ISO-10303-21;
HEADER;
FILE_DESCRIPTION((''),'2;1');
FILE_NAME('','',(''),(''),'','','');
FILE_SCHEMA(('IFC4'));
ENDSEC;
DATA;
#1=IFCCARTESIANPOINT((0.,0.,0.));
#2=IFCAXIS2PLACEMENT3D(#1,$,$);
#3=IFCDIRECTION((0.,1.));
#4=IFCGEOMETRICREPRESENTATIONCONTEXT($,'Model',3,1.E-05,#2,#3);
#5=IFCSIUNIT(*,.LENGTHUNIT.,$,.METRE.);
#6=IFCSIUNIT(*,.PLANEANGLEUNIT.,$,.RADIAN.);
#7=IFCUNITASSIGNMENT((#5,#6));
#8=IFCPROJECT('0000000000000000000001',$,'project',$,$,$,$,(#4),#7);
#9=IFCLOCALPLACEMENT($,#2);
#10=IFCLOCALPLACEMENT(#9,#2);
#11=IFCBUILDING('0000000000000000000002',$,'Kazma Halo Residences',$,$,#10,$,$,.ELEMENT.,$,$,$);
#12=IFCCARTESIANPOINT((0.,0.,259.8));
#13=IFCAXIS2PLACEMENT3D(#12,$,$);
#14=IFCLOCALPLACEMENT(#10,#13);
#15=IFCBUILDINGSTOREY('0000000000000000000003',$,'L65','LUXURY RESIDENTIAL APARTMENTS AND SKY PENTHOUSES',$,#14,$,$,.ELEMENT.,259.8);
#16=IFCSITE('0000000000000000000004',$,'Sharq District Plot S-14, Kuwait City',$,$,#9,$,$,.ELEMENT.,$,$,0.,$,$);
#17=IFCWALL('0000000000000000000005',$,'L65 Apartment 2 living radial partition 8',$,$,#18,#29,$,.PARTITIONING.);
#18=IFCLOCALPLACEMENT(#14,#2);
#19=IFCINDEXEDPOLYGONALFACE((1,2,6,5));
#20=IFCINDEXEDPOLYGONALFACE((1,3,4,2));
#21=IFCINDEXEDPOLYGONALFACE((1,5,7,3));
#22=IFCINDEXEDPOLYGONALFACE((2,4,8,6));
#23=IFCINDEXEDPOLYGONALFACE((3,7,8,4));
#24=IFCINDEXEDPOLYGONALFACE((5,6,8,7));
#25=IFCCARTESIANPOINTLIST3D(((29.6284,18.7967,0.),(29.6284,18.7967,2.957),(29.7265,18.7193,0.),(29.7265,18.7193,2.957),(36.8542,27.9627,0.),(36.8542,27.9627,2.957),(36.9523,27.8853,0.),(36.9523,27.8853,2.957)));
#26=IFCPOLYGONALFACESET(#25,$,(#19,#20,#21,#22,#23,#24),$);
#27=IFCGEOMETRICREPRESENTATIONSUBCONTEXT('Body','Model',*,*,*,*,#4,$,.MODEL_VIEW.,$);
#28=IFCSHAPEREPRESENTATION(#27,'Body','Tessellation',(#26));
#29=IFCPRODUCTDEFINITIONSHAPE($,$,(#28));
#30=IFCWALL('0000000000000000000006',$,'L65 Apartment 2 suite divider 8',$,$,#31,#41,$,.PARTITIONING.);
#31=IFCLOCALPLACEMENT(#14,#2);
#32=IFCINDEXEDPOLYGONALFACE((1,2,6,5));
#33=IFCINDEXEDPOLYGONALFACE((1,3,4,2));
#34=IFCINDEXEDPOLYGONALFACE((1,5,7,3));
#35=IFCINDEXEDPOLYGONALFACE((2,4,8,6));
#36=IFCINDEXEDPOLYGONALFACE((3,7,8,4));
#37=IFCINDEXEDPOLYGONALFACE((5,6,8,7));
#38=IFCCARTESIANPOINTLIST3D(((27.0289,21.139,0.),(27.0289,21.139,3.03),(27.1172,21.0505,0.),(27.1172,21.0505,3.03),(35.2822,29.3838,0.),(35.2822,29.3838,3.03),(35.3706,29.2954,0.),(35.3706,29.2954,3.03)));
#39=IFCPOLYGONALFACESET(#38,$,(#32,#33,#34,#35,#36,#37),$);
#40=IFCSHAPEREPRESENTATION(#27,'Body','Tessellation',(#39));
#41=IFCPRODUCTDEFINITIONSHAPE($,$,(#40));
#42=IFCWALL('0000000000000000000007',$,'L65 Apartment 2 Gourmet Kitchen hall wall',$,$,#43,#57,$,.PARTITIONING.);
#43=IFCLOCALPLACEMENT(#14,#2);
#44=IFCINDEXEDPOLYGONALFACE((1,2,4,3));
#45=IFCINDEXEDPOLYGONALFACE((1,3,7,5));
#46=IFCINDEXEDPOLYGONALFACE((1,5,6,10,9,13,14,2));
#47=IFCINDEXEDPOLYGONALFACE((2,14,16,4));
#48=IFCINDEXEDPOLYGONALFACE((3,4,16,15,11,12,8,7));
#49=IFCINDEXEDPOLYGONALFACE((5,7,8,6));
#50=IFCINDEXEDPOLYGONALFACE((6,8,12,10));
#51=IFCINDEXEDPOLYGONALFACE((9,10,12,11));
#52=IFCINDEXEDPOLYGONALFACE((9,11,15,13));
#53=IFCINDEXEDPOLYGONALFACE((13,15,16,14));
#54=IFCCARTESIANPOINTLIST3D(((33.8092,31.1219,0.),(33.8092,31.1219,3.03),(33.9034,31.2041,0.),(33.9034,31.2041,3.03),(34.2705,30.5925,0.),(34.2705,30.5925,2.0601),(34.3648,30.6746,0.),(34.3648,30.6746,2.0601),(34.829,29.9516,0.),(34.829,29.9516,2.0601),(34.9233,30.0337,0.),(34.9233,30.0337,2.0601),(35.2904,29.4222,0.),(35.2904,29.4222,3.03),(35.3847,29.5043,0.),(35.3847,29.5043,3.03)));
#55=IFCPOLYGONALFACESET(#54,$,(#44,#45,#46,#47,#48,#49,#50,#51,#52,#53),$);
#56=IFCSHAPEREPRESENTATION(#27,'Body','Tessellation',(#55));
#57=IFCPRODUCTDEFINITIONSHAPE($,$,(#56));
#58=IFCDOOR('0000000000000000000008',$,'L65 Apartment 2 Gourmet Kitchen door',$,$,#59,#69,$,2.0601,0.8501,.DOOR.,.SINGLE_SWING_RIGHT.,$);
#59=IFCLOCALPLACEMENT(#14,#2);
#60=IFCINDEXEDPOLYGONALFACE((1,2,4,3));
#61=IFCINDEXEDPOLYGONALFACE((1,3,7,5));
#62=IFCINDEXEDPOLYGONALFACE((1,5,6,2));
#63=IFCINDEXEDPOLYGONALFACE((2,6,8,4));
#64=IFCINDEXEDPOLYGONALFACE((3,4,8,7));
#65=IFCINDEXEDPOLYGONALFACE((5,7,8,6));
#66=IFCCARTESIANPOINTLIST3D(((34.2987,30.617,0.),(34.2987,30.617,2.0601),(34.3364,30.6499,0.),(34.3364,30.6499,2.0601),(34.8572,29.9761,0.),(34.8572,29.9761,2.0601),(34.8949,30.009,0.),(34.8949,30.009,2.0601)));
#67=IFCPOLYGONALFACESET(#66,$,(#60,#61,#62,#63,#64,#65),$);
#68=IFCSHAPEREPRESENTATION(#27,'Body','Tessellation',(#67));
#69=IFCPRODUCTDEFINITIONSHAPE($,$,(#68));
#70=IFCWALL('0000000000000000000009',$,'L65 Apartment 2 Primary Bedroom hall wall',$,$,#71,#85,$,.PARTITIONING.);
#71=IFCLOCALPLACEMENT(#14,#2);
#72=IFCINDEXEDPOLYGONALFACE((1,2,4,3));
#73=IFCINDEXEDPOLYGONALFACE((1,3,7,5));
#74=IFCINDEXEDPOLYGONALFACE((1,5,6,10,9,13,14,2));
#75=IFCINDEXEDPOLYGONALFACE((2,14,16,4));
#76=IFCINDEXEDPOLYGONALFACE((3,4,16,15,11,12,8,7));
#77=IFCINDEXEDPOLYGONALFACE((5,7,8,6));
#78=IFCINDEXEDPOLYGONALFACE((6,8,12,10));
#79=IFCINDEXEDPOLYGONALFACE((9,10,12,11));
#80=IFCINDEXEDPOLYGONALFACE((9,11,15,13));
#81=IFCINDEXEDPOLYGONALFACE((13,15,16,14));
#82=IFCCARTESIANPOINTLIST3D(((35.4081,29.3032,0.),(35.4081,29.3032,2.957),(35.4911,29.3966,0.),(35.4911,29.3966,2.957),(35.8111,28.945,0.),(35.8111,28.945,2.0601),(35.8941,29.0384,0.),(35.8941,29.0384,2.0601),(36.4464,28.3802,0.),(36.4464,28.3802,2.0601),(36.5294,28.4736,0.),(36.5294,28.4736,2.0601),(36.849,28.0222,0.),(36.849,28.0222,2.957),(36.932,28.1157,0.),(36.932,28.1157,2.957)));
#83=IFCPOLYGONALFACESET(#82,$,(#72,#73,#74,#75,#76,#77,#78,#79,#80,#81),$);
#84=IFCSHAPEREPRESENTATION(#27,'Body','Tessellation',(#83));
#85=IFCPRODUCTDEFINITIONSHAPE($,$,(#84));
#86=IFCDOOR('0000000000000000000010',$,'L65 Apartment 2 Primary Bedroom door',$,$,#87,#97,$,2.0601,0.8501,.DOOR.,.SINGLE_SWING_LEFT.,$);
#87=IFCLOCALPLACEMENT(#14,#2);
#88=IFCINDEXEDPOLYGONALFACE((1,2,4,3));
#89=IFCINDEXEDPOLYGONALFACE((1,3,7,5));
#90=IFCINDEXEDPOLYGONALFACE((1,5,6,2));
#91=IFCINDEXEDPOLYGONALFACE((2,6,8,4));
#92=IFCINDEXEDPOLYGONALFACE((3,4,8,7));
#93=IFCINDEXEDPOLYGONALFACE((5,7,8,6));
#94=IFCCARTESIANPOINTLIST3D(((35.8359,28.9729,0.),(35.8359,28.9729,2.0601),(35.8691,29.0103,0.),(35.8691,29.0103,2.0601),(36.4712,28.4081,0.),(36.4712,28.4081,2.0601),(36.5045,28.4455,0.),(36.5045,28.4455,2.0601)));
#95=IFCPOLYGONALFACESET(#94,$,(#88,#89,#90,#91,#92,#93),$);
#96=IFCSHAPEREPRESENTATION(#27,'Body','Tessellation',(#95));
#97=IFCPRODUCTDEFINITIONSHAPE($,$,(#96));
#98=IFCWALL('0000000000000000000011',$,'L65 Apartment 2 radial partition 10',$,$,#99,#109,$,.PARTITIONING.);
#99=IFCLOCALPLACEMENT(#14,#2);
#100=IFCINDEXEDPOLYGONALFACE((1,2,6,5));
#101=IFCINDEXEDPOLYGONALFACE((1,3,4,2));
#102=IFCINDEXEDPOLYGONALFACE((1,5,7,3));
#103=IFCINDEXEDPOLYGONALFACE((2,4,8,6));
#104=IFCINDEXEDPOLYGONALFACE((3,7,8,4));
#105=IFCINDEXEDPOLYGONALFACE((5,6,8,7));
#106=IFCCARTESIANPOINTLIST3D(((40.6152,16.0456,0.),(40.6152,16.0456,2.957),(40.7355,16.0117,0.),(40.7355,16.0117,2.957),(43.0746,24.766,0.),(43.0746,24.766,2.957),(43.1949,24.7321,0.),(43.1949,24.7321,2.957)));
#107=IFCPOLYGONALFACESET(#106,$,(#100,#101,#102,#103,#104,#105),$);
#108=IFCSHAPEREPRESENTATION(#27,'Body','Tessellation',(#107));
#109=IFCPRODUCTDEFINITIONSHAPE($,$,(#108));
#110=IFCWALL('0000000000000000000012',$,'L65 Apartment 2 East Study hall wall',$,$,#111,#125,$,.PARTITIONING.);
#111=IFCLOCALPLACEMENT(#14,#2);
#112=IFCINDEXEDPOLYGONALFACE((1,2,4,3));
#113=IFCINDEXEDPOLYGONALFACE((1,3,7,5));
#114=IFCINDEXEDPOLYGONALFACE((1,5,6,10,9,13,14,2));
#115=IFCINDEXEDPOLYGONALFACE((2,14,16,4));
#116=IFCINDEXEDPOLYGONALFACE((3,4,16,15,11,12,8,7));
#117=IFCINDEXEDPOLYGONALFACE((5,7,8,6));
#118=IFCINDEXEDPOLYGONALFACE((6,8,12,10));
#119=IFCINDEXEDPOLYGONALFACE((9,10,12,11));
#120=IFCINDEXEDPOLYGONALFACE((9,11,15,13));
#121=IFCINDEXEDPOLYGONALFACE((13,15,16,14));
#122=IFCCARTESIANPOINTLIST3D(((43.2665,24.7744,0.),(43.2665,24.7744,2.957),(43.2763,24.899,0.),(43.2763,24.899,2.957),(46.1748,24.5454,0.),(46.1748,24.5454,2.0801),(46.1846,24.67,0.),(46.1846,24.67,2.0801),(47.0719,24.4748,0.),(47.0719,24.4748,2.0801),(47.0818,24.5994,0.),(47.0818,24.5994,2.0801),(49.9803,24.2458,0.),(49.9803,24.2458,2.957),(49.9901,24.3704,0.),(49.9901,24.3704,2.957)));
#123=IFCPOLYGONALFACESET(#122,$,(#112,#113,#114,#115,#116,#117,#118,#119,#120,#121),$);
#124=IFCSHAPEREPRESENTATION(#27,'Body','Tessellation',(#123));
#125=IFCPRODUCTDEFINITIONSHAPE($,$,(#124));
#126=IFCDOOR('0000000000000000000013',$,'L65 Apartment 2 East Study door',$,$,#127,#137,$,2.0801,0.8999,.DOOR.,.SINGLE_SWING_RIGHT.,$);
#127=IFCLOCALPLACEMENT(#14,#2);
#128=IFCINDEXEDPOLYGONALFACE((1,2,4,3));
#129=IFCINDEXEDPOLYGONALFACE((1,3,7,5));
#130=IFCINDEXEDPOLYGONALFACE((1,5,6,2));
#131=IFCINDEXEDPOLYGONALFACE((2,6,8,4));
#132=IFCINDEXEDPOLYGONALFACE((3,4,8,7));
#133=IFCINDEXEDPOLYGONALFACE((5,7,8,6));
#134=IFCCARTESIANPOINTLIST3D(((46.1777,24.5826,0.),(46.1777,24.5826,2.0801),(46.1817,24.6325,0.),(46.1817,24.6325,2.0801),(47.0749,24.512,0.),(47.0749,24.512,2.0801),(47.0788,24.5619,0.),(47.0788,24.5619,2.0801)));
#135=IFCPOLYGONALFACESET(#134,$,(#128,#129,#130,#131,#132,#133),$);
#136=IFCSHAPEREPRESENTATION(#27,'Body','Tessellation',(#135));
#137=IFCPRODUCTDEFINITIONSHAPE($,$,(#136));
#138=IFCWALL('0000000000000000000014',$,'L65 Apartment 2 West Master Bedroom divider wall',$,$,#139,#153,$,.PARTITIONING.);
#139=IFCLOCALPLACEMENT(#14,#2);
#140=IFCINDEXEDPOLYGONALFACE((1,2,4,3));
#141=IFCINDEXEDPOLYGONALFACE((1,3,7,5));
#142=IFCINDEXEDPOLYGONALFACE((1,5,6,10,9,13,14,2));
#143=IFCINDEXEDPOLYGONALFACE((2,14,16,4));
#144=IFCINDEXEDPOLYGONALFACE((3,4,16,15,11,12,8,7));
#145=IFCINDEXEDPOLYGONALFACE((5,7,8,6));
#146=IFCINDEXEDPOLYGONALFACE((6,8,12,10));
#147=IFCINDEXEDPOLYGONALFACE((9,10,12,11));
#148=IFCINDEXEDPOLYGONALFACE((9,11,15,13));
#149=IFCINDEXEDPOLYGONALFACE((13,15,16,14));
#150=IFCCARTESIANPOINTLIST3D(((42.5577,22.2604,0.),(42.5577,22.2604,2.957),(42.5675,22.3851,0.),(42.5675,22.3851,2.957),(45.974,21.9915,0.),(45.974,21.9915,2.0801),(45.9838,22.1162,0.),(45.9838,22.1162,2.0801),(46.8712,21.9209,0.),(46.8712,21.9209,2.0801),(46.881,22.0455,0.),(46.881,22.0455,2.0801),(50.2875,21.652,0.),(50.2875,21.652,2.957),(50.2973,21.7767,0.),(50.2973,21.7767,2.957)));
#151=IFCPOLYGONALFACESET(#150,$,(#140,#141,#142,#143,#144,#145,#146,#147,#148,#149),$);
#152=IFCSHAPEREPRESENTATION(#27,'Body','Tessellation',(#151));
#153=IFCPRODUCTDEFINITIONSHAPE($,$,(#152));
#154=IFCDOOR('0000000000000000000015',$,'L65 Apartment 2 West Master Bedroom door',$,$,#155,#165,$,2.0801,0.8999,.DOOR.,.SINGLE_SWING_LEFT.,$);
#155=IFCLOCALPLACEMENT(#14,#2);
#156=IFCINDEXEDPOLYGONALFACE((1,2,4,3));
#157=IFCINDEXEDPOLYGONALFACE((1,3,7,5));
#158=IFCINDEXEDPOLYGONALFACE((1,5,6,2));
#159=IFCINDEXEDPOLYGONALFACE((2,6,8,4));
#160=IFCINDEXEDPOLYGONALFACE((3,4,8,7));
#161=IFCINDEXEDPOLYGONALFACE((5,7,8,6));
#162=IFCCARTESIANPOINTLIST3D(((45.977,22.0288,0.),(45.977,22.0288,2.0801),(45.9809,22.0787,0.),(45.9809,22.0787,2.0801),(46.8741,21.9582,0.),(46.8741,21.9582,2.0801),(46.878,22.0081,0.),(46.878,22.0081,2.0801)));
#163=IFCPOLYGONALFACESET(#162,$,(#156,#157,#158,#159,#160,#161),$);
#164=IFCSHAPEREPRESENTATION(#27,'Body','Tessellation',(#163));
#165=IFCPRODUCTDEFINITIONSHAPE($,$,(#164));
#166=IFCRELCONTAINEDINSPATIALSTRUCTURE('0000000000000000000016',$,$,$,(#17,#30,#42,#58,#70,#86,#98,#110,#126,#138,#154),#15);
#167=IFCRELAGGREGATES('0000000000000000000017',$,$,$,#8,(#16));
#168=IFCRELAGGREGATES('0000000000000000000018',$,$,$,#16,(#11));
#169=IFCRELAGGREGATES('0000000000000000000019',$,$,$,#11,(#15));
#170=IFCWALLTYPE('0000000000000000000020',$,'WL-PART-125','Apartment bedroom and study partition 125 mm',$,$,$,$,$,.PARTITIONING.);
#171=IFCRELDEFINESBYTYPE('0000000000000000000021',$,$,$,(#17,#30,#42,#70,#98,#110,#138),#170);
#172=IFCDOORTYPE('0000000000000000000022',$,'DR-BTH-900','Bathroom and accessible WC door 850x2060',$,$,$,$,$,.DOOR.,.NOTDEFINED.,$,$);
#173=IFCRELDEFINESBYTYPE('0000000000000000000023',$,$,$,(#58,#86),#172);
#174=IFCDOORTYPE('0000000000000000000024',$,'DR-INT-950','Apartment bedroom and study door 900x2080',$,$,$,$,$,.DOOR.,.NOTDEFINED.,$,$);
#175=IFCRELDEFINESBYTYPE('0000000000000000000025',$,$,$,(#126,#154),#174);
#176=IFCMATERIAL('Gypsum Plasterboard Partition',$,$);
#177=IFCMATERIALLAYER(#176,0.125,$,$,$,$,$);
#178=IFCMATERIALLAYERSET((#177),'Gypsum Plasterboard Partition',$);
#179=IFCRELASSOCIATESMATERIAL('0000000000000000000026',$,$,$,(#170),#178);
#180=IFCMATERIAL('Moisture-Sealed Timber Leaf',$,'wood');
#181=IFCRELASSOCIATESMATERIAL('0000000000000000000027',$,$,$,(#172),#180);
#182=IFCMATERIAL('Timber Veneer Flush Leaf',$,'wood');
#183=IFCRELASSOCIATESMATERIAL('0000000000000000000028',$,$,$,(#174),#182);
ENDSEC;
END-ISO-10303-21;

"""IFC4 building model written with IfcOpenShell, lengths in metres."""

from ifc_helpers import new_model, si_unit, direction, frame, frame_2d, origin, place, context, subcontext, project, spatial, rectangle, extrude, material, layer, layer_set, type_object, element, fill, save


model = new_model("IFC4")

# Units and contexts
model_context = context("Model", 3, precision=1e-05, world=origin(), true_north=direction((0.0, 1.0)))
body_context = subcontext(model_context, "Body", "Model", "MODEL_VIEW")
ifc_project = project(units=[si_unit("LENGTHUNIT", "METRE"), si_unit("PLANEANGLEUNIT", "RADIAN")], contexts=[model_context])

# Site, building, storey
site_placement = place(None, origin())
site = spatial("IfcSite", under=ifc_project, at=site_placement, Name="Sharq District Plot S-14, Kuwait City", CompositionType="ELEMENT", RefElevation=0.0)
building_placement = place(site_placement, origin())
building = spatial("IfcBuilding", under=site, at=building_placement, Name="Kazma Halo Residences", CompositionType="ELEMENT")
storey_placement = place(building_placement, frame((0.0, 0.0, 259.8)))
storey = spatial("IfcBuildingStorey", under=building, at=storey_placement, Name="L65", Description="LUXURY RESIDENTIAL APARTMENTS AND SKY PENTHOUSES", CompositionType="ELEMENT", Elevation=259.8)

# Walls
ifc_material_1 = material(Name="Gypsum Plasterboard Partition")
ifc_layer_1 = layer(ifc_material_1, 0.125)
ifc_layer_set_1 = layer_set([ifc_layer_1], Name="Gypsum Plasterboard Partition")
wall_type_1 = type_object("IfcWallType", Name="WL-PART-125", Description="Apartment bedroom and study partition 125 mm", PredefinedType="PARTITIONING", material=ifc_layer_set_1)
wall_1_placement = place(storey_placement, frame((36.9033, 27.9241, 0.0), z_axis=(0.0, 0.0, 1.0), x_axis=(-0.61909, -0.78532, 0.0)))
element("IfcWall", 1, at=wall_1_placement, inside=storey, type_object=wall_type_1, Name="L65 Apartment 2 living radial partition 8", PredefinedType="PARTITIONING", context=body_context, shape_type="SweptSolid", body=[
    extrude(rectangle(XDim=11.6716, YDim=0.125, at=frame_2d((5.8359, 0.0))), origin(), (0.0, 0.0, 1.0), 2.957),
])
wall_2_placement = place(storey_placement, frame((35.3264, 29.3396, 0.0), z_axis=(0.0, 0.0, 1.0), x_axis=(-0.707473, -0.70674, 0.0)))
element("IfcWall", 2, at=wall_2_placement, inside=storey, type_object=wall_type_1, Name="L65 Apartment 2 suite divider 8", PredefinedType="PARTITIONING", context=body_context, shape_type="SweptSolid", body=[
    extrude(rectangle(XDim=11.666, YDim=0.125, at=frame_2d((5.833, 0.0))), origin(), (0.0, 0.0, 1.0), 3.03),
])

# Walls, openings, doors
wall_3_placement = place(storey_placement, frame((33.8562, 31.1631, 0.0), z_axis=(0.0, 0.0, 1.0), x_axis=(0.656985, -0.753903, 0.0)))
wall_3 = element("IfcWall", 3, at=wall_3_placement, inside=storey, type_object=wall_type_1, Name="L65 Apartment 2 Gourmet Kitchen hall wall", PredefinedType="PARTITIONING", context=body_context, shape_type="SweptSolid", body=[
    extrude(rectangle(XDim=2.2546, YDim=0.125, at=frame_2d((1.1274, 0.0))), origin(), (0.0, 0.0, 1.0), 3.03),
])
opening_1_placement = place(wall_3_placement, frame((0.7024, 0.0, 0.0)))
opening_1 = element("IfcOpeningElement", 4, at=opening_1_placement, cuts=wall_3, PredefinedType="OPENING", context=body_context, shape_type="SweptSolid", body=[
    extrude(rectangle(XDim=0.8501, YDim=2.0601, at=frame_2d((0.425, 1.03))), frame((0.0, 0.0725, 0.0), z_axis=(0.0, -1.0, 0.0), x_axis=(1.0, 0.0, 0.0)), (0.0, 0.0, 1.0), 0.145),
])
ifc_material_2 = material(Name="Moisture-Sealed Timber Leaf", Category="wood")
door_type_1 = type_object("IfcDoorType", Name="DR-BTH-900", Description="Bathroom and accessible WC door 850x2060", OperationType="NOTDEFINED", PredefinedType="DOOR", material=ifc_material_2)
door_1_placement = place(opening_1_placement, origin())
door_1 = element("IfcDoor", 5, at=door_1_placement, inside=storey, type_object=door_type_1, Name="L65 Apartment 2 Gourmet Kitchen door", OperationType="SINGLE_SWING_RIGHT", OverallHeight=2.0601, OverallWidth=0.8501, PredefinedType="DOOR", context=body_context, shape_type="SweptSolid", body=[
    extrude(rectangle(XDim=0.8501, YDim=2.0601, at=frame_2d((0.425, 1.03))), frame((0.0, 0.0249, 0.0), z_axis=(0.0, -1.0, 0.0), x_axis=(1.0, 0.0, 0.0)), (0.0, 0.0, 1.0), 0.05),
])
fill(opening_1, door_1)
wall_4_placement = place(storey_placement, frame((35.4497, 29.3499, 0.0), z_axis=(0.0, 0.0, 1.0), x_axis=(0.74736, -0.664419, 0.0)))
wall_4 = element("IfcWall", 6, at=wall_4_placement, inside=storey, type_object=wall_type_1, Name="L65 Apartment 2 Primary Bedroom hall wall", PredefinedType="PARTITIONING", context=body_context, shape_type="SweptSolid", body=[
    extrude(rectangle(XDim=1.928, YDim=0.125, at=frame_2d((0.9639, 0.0))), origin(), (0.0, 0.0, 1.0), 2.957),
])
opening_2_placement = place(wall_4_placement, frame((0.5391, 0.0, 0.0)))
opening_2 = element("IfcOpeningElement", 7, at=opening_2_placement, cuts=wall_4, PredefinedType="OPENING", context=body_context, shape_type="SweptSolid", body=[
    extrude(rectangle(XDim=0.8501, YDim=2.0601, at=frame_2d((0.425, 1.03))), frame((0.0, 0.0725, 0.0), z_axis=(0.0, -1.0, 0.0), x_axis=(1.0, 0.0, 0.0)), (0.0, 0.0, 1.0), 0.145),
])
door_2_placement = place(opening_2_placement, origin())
door_2 = element("IfcDoor", 8, at=door_2_placement, inside=storey, type_object=door_type_1, Name="L65 Apartment 2 Primary Bedroom door", OperationType="SINGLE_SWING_LEFT", OverallHeight=2.0601, OverallWidth=0.8501, PredefinedType="DOOR", context=body_context, shape_type="SweptSolid", body=[
    extrude(rectangle(XDim=0.8501, YDim=2.0601, at=frame_2d((0.425, 1.03))), frame((0.0, 0.0249, 0.0), z_axis=(0.0, -1.0, 0.0), x_axis=(1.0, 0.0, 0.0)), (0.0, 0.0, 1.0), 0.05),
])
fill(opening_2, door_2)

# Wall
wall_5_placement = place(storey_placement, frame((43.1348, 24.749, 0.0), z_axis=(0.0, 0.0, 1.0), x_axis=(-0.271445, -0.962454, 0.0)))
element("IfcWall", 9, at=wall_5_placement, inside=storey, type_object=wall_type_1, Name="L65 Apartment 2 radial partition 10", PredefinedType="PARTITIONING", context=body_context, shape_type="SweptSolid", body=[
    extrude(rectangle(XDim=9.0605, YDim=0.125, at=frame_2d((4.5303, 0.0))), origin(), (0.0, 0.0, 1.0), 2.957),
])

# Walls, openings, doors
wall_6_placement = place(storey_placement, frame((43.2715, 24.8367, 0.0), z_axis=(0.0, 0.0, 1.0), x_axis=(0.996915, -0.078484, 0.0)))
wall_6 = element("IfcWall", 10, at=wall_6_placement, inside=storey, type_object=wall_type_1, Name="L65 Apartment 2 East Study hall wall", PredefinedType="PARTITIONING", context=body_context, shape_type="SweptSolid", body=[
    extrude(rectangle(XDim=6.7346, YDim=0.125, at=frame_2d((3.3672, 0.0))), origin(), (0.0, 0.0, 1.0), 2.957),
])
opening_3_placement = place(wall_6_placement, frame((2.9172, 0.0, 0.0)))
opening_3 = element("IfcOpeningElement", 11, at=opening_3_placement, cuts=wall_6, PredefinedType="OPENING", context=body_context, shape_type="SweptSolid", body=[
    extrude(rectangle(XDim=0.8999, YDim=2.0801, at=frame_2d((0.45, 1.04))), frame((0.0, 0.0725, 0.0), z_axis=(0.0, -1.0, 0.0), x_axis=(1.0, 0.0, 0.0)), (0.0, 0.0, 1.0), 0.145),
])
ifc_material_3 = material(Name="Timber Veneer Flush Leaf", Category="wood")
door_type_2 = type_object("IfcDoorType", Name="DR-INT-950", Description="Apartment bedroom and study door 900x2080", OperationType="NOTDEFINED", PredefinedType="DOOR", material=ifc_material_3)
door_3_placement = place(opening_3_placement, origin())
door_3 = element("IfcDoor", 12, at=door_3_placement, inside=storey, type_object=door_type_2, Name="L65 Apartment 2 East Study door", OperationType="SINGLE_SWING_RIGHT", OverallHeight=2.0801, OverallWidth=0.8999, PredefinedType="DOOR", context=body_context, shape_type="SweptSolid", body=[
    extrude(rectangle(XDim=0.8999, YDim=2.0801, at=frame_2d((0.45, 1.04))), frame((0.0, 0.0249, 0.0), z_axis=(0.0, -1.0, 0.0), x_axis=(1.0, 0.0, 0.0)), (0.0, 0.0, 1.0), 0.05),
])
fill(opening_3, door_3)
wall_7_placement = place(storey_placement, frame((42.5625, 22.3228, 0.0), z_axis=(0.0, 0.0, 1.0), x_axis=(0.996917, -0.078466, 0.0)))
wall_7 = element("IfcWall", 13, at=wall_7_placement, inside=storey, type_object=wall_type_1, Name="L65 Apartment 2 West Master Bedroom divider wall", PredefinedType="PARTITIONING", context=body_context, shape_type="SweptSolid", body=[
    extrude(rectangle(XDim=7.7537, YDim=0.125, at=frame_2d((3.877, 0.0))), origin(), (0.0, 0.0, 1.0), 2.957),
])
opening_4_placement = place(wall_7_placement, frame((3.427, 0.0, 0.0)))
opening_4 = element("IfcOpeningElement", 14, at=opening_4_placement, cuts=wall_7, PredefinedType="OPENING", context=body_context, shape_type="SweptSolid", body=[
    extrude(rectangle(XDim=0.8999, YDim=2.0801, at=frame_2d((0.45, 1.04))), frame((0.0, 0.0725, 0.0), z_axis=(0.0, -1.0, 0.0), x_axis=(1.0, 0.0, 0.0)), (0.0, 0.0, 1.0), 0.145),
])
door_4_placement = place(opening_4_placement, origin())
door_4 = element("IfcDoor", 15, at=door_4_placement, inside=storey, type_object=door_type_2, Name="L65 Apartment 2 West Master Bedroom door", OperationType="SINGLE_SWING_LEFT", OverallHeight=2.0801, OverallWidth=0.8999, PredefinedType="DOOR", context=body_context, shape_type="SweptSolid", body=[
    extrude(rectangle(XDim=0.8999, YDim=2.0801, at=frame_2d((0.45, 1.04))), frame((0.0, 0.0249, 0.0), z_axis=(0.0, -1.0, 0.0), x_axis=(1.0, 0.0, 0.0)), (0.0, 0.0, 1.0), 0.05),
])
fill(opening_4, door_4)

save(model, "model.ifc")
